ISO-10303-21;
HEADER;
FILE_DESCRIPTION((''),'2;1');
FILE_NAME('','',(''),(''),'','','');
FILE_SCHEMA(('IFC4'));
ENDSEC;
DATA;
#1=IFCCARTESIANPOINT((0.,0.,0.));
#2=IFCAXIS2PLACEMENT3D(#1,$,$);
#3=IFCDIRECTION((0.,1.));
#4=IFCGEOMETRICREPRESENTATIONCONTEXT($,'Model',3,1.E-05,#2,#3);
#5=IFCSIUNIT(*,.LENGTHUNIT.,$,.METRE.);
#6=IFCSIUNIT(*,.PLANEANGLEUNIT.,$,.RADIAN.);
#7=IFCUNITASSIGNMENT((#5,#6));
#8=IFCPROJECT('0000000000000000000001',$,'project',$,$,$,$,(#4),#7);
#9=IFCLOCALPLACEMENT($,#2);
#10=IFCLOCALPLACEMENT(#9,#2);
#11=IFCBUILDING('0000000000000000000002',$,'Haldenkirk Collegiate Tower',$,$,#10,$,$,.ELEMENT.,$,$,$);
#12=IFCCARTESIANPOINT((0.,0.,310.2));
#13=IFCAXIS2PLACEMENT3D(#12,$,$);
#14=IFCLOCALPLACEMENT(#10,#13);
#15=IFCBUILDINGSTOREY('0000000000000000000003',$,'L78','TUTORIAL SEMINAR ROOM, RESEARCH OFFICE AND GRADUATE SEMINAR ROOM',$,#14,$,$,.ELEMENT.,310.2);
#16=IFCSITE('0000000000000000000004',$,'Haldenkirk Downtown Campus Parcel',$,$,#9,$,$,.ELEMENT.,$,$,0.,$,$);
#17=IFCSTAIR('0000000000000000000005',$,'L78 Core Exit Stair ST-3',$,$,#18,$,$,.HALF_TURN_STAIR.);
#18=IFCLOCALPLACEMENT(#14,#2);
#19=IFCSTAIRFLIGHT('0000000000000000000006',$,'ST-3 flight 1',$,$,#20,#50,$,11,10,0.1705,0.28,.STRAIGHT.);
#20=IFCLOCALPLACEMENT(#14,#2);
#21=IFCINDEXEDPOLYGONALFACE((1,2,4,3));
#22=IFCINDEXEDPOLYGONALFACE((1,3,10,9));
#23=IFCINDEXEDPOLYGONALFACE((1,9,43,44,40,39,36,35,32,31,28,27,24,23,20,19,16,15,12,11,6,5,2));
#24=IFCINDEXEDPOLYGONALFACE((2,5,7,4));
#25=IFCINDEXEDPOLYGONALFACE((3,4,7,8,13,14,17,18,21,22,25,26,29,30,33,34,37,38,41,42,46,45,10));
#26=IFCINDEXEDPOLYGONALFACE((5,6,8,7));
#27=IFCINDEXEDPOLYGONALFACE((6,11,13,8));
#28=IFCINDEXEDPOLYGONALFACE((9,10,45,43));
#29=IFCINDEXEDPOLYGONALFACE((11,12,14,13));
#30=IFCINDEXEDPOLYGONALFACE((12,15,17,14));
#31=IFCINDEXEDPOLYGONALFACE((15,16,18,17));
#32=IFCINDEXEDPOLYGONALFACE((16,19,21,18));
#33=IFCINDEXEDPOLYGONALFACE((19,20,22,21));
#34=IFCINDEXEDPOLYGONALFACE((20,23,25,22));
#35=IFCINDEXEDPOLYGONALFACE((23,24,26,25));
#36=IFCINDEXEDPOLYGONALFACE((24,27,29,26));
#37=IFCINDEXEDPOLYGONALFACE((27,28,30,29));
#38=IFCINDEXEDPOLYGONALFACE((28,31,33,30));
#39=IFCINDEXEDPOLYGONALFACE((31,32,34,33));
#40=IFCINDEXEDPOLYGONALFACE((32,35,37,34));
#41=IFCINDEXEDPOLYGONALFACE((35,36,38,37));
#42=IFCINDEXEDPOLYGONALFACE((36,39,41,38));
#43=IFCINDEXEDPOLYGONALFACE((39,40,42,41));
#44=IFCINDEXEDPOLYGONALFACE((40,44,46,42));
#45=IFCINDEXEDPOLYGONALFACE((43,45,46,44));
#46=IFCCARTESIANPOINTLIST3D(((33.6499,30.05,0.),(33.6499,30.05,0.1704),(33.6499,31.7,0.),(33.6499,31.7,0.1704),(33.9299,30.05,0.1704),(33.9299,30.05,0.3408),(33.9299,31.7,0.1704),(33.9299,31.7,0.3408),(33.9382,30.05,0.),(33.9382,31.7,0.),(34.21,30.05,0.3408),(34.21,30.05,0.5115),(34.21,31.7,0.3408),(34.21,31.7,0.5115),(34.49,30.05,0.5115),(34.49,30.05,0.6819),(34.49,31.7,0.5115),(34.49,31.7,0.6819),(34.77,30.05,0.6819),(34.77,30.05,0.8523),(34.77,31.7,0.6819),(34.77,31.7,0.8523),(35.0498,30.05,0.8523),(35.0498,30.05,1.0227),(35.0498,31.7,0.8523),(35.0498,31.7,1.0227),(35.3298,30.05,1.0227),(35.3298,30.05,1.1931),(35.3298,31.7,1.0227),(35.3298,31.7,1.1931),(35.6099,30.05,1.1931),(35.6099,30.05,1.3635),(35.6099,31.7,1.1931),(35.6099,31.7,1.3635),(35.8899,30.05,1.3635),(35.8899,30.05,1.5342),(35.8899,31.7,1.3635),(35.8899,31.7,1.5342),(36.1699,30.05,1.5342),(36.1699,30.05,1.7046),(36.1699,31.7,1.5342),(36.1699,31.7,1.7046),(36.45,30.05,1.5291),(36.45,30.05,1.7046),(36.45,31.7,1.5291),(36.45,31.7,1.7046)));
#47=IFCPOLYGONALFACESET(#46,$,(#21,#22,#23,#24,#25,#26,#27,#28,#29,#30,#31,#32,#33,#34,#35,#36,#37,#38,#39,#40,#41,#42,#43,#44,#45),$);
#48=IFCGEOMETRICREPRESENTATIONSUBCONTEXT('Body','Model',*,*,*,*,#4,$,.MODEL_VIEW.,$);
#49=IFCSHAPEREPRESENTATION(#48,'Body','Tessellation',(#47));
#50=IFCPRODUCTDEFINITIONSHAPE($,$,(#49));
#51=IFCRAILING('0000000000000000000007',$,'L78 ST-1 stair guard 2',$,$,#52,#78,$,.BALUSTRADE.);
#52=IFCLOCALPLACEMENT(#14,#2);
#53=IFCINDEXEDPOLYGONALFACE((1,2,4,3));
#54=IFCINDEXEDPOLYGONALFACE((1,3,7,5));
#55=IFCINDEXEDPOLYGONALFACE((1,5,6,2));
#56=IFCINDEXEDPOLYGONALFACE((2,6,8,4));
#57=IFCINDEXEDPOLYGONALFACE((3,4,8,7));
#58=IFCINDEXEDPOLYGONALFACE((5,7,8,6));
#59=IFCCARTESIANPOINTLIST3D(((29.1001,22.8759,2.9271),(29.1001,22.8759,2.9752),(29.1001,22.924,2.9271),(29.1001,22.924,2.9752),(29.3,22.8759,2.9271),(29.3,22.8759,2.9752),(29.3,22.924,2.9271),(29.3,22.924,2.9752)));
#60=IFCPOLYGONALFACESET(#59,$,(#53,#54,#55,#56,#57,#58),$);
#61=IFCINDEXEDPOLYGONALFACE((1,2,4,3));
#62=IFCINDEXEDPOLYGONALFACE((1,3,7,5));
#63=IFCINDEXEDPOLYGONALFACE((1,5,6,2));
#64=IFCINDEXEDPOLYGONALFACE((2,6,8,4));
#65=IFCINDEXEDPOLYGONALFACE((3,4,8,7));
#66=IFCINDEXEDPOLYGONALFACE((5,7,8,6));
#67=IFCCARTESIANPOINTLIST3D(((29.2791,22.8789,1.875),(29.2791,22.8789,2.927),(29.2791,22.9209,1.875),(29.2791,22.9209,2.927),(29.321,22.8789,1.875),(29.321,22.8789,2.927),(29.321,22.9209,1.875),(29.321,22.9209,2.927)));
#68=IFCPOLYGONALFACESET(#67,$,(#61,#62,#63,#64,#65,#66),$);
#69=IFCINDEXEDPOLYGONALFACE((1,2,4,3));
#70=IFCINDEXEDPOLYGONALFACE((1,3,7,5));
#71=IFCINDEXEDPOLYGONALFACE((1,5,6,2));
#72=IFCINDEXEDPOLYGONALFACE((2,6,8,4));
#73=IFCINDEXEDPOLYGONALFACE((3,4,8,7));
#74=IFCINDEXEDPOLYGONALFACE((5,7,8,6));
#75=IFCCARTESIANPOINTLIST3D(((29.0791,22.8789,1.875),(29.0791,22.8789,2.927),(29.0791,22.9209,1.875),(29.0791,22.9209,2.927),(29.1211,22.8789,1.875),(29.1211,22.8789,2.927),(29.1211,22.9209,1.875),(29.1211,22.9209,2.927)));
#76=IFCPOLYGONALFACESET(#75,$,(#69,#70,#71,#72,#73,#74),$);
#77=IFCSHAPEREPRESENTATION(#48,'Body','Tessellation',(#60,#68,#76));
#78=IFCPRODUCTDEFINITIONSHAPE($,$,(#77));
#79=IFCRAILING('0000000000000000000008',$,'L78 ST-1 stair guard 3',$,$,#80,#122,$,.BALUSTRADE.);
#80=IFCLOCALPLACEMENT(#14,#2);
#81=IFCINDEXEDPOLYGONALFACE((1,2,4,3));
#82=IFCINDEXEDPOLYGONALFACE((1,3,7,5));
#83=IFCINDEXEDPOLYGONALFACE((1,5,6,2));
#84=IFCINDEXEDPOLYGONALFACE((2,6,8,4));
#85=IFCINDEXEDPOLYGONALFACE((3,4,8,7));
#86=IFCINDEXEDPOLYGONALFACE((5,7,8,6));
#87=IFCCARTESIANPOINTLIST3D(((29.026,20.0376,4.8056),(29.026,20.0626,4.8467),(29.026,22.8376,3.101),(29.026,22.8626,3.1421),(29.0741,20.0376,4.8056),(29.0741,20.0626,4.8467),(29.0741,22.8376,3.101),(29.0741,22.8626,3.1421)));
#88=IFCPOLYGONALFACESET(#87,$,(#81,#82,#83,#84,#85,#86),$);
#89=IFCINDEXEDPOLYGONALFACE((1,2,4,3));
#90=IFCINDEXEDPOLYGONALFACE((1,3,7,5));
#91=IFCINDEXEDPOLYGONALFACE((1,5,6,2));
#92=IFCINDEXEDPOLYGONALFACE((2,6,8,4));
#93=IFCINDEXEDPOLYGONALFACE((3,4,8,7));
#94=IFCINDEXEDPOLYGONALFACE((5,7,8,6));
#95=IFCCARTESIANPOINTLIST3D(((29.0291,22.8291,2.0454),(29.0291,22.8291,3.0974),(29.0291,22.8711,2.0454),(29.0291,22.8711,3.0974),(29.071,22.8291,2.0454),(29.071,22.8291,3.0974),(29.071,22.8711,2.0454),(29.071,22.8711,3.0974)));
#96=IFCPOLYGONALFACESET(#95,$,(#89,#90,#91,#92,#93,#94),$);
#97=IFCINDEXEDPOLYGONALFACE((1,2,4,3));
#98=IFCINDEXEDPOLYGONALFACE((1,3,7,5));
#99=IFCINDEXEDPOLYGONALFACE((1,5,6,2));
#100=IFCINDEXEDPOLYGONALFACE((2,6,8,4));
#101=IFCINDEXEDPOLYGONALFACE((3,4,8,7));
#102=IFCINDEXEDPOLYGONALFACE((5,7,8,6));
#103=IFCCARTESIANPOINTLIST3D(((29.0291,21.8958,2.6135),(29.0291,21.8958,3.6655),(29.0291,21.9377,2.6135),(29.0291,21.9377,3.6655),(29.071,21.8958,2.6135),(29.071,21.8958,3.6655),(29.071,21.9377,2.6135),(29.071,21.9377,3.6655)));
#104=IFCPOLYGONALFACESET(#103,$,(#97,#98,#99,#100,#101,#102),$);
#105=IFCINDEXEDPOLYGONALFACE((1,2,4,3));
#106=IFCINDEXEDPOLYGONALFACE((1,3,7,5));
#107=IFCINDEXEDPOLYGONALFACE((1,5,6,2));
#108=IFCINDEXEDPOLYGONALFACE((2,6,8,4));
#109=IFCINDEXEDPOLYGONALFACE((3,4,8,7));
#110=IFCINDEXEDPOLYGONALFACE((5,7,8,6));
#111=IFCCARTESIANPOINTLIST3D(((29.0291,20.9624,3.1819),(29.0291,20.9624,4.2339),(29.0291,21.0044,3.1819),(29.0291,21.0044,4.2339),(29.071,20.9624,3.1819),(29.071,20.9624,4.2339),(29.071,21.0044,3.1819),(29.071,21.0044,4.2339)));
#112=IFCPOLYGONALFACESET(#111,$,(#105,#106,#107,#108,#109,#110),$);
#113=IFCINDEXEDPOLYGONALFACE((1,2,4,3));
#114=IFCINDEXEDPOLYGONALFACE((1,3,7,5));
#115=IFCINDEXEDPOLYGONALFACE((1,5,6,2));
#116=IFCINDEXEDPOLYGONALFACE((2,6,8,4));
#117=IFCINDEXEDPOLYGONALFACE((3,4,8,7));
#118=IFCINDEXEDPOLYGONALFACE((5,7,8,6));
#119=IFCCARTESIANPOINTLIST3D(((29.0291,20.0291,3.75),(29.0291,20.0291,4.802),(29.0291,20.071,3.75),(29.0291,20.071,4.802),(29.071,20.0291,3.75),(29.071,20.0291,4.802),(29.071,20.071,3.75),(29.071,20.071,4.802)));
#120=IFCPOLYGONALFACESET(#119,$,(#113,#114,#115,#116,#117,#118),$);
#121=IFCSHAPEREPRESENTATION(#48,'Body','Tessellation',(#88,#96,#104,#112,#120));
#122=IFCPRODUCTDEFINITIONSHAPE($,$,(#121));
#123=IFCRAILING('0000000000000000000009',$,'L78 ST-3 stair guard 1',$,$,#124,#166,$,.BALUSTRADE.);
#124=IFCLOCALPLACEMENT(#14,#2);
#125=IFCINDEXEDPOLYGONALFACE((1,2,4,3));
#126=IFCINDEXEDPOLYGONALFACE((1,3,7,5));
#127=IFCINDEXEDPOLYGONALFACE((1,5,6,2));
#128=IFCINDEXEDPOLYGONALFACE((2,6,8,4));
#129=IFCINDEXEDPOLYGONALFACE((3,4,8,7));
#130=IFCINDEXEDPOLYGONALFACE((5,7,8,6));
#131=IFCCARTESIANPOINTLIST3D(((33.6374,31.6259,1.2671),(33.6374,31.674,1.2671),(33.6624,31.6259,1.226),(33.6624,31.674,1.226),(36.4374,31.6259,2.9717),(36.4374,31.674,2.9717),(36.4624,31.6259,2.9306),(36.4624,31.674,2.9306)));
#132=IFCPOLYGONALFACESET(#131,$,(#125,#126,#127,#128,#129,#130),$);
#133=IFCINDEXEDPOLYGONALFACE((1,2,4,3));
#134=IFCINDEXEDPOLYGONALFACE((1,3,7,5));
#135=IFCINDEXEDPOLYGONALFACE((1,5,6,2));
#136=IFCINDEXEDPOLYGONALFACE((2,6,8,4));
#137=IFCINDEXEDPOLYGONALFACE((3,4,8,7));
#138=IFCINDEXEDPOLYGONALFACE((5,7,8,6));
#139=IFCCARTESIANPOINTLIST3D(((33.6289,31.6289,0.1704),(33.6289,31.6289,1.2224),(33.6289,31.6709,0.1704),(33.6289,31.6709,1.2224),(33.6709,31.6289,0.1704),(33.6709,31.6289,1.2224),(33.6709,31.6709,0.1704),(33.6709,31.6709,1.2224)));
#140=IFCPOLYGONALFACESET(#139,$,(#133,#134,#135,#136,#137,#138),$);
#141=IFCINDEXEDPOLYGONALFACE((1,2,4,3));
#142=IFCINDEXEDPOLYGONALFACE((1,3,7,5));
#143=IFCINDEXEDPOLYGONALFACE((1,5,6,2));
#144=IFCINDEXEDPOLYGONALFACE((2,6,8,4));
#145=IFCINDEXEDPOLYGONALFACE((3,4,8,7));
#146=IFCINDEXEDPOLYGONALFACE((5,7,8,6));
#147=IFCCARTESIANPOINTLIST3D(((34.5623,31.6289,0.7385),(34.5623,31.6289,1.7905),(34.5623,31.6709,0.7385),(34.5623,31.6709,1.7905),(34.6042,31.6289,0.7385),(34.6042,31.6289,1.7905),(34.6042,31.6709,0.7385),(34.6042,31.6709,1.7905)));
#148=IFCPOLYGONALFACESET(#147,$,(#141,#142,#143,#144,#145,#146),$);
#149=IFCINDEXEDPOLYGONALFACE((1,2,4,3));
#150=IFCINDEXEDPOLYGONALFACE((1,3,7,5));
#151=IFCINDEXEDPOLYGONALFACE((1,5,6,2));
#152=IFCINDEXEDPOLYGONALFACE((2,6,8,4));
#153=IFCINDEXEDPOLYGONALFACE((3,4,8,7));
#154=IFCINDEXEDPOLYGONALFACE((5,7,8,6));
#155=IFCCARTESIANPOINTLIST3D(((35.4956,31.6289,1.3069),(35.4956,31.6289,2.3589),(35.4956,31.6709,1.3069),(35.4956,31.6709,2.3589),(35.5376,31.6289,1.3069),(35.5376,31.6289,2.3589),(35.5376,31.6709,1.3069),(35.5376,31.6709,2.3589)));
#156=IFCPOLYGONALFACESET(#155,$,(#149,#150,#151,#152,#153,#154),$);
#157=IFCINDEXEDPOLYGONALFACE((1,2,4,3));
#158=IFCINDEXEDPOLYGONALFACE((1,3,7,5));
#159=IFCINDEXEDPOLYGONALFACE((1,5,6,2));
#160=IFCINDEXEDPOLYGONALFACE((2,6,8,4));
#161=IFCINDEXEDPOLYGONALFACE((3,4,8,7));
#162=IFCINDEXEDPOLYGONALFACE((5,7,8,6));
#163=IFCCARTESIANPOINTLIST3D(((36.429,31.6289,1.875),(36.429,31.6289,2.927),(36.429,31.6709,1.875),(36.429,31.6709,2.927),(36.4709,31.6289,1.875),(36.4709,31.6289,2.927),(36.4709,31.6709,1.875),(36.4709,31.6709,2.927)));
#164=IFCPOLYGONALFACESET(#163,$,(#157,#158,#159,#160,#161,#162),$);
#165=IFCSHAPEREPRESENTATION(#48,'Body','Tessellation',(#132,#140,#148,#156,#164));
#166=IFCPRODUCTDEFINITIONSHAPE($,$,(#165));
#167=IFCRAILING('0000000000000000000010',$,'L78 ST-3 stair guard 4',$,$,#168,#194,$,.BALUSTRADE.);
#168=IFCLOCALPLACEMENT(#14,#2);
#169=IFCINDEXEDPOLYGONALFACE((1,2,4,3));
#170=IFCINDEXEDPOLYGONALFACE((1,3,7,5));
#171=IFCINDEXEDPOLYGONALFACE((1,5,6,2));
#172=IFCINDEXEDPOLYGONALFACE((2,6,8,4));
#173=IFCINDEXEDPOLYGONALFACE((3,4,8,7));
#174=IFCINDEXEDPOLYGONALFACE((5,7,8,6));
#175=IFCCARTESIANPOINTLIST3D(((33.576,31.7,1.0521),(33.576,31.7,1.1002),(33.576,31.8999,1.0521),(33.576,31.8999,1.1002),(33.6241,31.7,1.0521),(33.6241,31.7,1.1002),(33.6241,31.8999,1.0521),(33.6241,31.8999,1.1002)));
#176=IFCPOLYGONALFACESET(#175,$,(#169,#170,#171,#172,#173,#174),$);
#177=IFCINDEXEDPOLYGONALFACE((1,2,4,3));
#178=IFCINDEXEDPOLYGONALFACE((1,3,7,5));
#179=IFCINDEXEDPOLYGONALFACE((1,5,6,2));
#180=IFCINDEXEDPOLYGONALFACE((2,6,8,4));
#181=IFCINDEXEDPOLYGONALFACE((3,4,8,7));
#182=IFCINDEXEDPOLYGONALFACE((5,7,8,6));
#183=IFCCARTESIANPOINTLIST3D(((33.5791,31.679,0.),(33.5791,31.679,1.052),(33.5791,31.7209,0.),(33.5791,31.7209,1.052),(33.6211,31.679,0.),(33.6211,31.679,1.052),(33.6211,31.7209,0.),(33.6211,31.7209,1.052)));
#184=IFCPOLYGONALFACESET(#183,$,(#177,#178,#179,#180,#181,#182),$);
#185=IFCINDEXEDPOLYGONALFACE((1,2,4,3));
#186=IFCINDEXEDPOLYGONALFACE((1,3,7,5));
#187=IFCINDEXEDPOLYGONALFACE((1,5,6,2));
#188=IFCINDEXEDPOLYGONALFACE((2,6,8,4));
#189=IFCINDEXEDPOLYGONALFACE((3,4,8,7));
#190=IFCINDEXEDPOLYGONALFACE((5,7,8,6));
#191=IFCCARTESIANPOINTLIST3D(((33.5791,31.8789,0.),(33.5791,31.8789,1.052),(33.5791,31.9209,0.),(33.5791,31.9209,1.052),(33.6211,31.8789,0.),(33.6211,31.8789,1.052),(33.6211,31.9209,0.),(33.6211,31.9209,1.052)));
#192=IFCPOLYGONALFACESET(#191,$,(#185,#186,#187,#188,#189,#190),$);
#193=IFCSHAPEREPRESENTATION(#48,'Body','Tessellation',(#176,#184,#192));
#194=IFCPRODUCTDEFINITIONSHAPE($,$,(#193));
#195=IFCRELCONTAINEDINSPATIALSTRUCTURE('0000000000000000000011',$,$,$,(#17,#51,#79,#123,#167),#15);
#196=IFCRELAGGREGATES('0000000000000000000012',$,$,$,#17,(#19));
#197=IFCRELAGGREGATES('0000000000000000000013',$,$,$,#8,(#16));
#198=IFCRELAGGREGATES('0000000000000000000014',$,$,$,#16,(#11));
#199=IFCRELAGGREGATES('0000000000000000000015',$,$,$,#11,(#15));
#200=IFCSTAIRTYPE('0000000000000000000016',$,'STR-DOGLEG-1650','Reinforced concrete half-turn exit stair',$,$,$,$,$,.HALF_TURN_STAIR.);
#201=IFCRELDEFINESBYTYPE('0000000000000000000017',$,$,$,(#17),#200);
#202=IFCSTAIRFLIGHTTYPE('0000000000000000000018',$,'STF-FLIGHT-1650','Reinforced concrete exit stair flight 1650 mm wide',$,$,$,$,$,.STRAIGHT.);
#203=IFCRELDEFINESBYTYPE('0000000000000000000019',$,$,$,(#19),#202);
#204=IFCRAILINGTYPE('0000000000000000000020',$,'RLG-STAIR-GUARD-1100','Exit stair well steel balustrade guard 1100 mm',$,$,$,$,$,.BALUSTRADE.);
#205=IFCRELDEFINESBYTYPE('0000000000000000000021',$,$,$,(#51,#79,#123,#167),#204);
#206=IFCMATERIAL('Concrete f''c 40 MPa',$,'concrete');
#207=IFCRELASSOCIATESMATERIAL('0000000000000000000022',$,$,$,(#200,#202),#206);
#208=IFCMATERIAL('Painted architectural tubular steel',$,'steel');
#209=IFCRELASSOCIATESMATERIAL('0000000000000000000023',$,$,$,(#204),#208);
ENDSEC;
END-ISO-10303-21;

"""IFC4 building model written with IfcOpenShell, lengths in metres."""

from ifc_helpers import new_model, si_unit, direction, frame, origin, origin_2d, place, context, subcontext, project, spatial, polyline, rectangle, outline, extrude, material, type_object, element, aggregate, save


model = new_model("IFC4")

# Units and contexts
model_context = context("Model", 3, precision=1e-05, world=origin(), true_north=direction((0.0, 1.0)))
body_context = subcontext(model_context, "Body", "Model", "MODEL_VIEW")
ifc_project = project(units=[si_unit("LENGTHUNIT", "METRE"), si_unit("PLANEANGLEUNIT", "RADIAN")], contexts=[model_context])

# Site, building, storey
site_placement = place(None, origin())
site = spatial("IfcSite", under=ifc_project, at=site_placement, Name="Haldenkirk Downtown Campus Parcel", CompositionType="ELEMENT", RefElevation=0.0)
building_placement = place(site_placement, origin())
building = spatial("IfcBuilding", under=site, at=building_placement, Name="Haldenkirk Collegiate Tower", CompositionType="ELEMENT")
storey_placement = place(building_placement, frame((0.0, 0.0, 310.2)))
storey = spatial("IfcBuildingStorey", under=building, at=storey_placement, Name="L78", Description="TUTORIAL SEMINAR ROOM, RESEARCH OFFICE AND GRADUATE SEMINAR ROOM", CompositionType="ELEMENT", Elevation=310.2)

# Stair, stair flight
ifc_material_1 = material(Name="Concrete f'c 40 MPa", Category="concrete")
stair_type = type_object("IfcStairType", Name="STR-DOGLEG-1650", Description="Reinforced concrete half-turn exit stair", PredefinedType="HALF_TURN_STAIR", material=ifc_material_1)
stair_flight_type = type_object("IfcStairFlightType", Name="STF-FLIGHT-1650", Description="Reinforced concrete exit stair flight 1650 mm wide", PredefinedType="STRAIGHT", material=ifc_material_1)
stair_1_placement = place(storey_placement, origin())
stair_1 = element("IfcStair", 1, at=stair_1_placement, inside=storey, type_object=stair_type, Name="L78 Core Exit Stair ST-3", PredefinedType="HALF_TURN_STAIR")
stair_flight_1_placement = place(storey_placement, frame((33.6499, 30.875, 0.0), z_axis=(0.0, 0.0, 1.0), x_axis=(1.0, 0.0, 0.0)))
stair_flight_1 = element("IfcStairFlight", 2, at=stair_flight_1_placement, type_object=stair_flight_type, Name="ST-3 flight 1", NumberOfRisers=11, NumberOfTreads=10, PredefinedType="STRAIGHT", RiserHeight=0.1705, TreadLength=0.28, context=body_context, shape_type="SweptSolid", body=[
    extrude(outline(polyline([(0.0, 0.0), (0.0, 0.1704), (0.28, 0.1704), (0.28, 0.3408), (0.5601, 0.3408), (0.5601, 0.5115), (0.8401, 0.5115), (0.8401, 0.6819), (1.1201, 0.6819), (1.1201, 0.8523), (1.3999, 0.8523), (1.3999, 1.0227), (1.6799, 1.0227), (1.6799, 1.1931), (1.96, 1.1931), (1.96, 1.3635), (2.24, 1.3635), (2.24, 1.5342), (2.52, 1.5342), (2.52, 1.7046), (2.8, 1.7046), (2.8, 1.875), (2.8, 1.5291), (0.2883, 0.0), (0.0, 0.0)])), frame((0.0, 0.825, 0.0), z_axis=(0.0, -1.0, 0.0), x_axis=(1.0, 0.0, 0.0)), (0.0, 0.0, 1.0), 1.6499),
])
aggregate(stair_1, [stair_flight_1])

# Railings
ifc_material_2 = material(Name="Painted architectural tubular steel", Category="steel")
railing_type_1 = type_object("IfcRailingType", Name="RLG-STAIR-GUARD-1100", Description="Exit stair well steel balustrade guard 1100 mm", PredefinedType="BALUSTRADE", material=ifc_material_2)
railing_1_placement = place(storey_placement, frame((29.3, 22.8999, 1.875)))
element("IfcRailing", 3, at=railing_1_placement, inside=storey, type_object=railing_type_1, Name="L78 ST-1 stair guard 2", PredefinedType="BALUSTRADE", context=body_context, shape_type="SweptSolid", body=[
    extrude(rectangle(XDim=0.0481, YDim=0.0481, at=origin_2d()), frame((0.0, 0.0, 1.0762), z_axis=(-1.0, 0.0, 0.0), x_axis=(0.0, -1.0, 0.0)), (0.0, 0.0, 1.0), 0.2),
    extrude(rectangle(XDim=0.042, YDim=0.042, at=origin_2d()), origin(), (0.0, 0.0, 1.0), 1.052),
    extrude(rectangle(XDim=0.042, YDim=0.042, at=origin_2d()), frame((-0.2, 0.0, 0.0)), (0.0, 0.0, 1.0), 1.052),
])
railing_2_placement = place(storey_placement, frame((29.05, 22.8501, 2.0454)))
element("IfcRailing", 4, at=railing_2_placement, inside=storey, type_object=railing_type_1, Name="L78 ST-1 stair guard 3", PredefinedType="BALUSTRADE", context=body_context, shape_type="SweptSolid", body=[
    extrude(rectangle(XDim=0.0481, YDim=0.0481, at=origin_2d()), frame((0.0, 0.0, 1.0762), z_axis=(0.0, -0.85417, 0.519994), x_axis=(1.0, 0.0, 0.0)), (0.0, 0.0, 1.0), 3.2781),
    extrude(rectangle(XDim=0.042, YDim=0.042, at=origin_2d()), origin(), (0.0, 0.0, 1.0), 1.052),
    extrude(rectangle(XDim=0.042, YDim=0.042, at=origin_2d()), frame((0.0, -0.9333, 0.5681)), (0.0, 0.0, 1.0), 1.052),
    extrude(rectangle(XDim=0.042, YDim=0.042, at=origin_2d()), frame((0.0, -1.8667, 1.1365)), (0.0, 0.0, 1.0), 1.052),
    extrude(rectangle(XDim=0.042, YDim=0.042, at=origin_2d()), frame((0.0, -2.8, 1.7046)), (0.0, 0.0, 1.0), 1.052),
])
railing_3_placement = place(storey_placement, frame((33.6499, 31.6499, 0.1704)))
element("IfcRailing", 5, at=railing_3_placement, inside=storey, type_object=railing_type_1, Name="L78 ST-3 stair guard 1", PredefinedType="BALUSTRADE", context=body_context, shape_type="SweptSolid", body=[
    extrude(rectangle(XDim=0.0481, YDim=0.0481, at=origin_2d()), frame((0.0, 0.0, 1.0762), z_axis=(0.85417, 0.0, 0.519994), x_axis=(0.0, 1.0, 0.0)), (0.0, 0.0, 1.0), 3.2781),
    extrude(rectangle(XDim=0.042, YDim=0.042, at=origin_2d()), origin(), (0.0, 0.0, 1.0), 1.052),
    extrude(rectangle(XDim=0.042, YDim=0.042, at=origin_2d()), frame((0.9333, 0.0, 0.5681)), (0.0, 0.0, 1.0), 1.052),
    extrude(rectangle(XDim=0.042, YDim=0.042, at=origin_2d()), frame((1.8667, 0.0, 1.1365)), (0.0, 0.0, 1.0), 1.052),
    extrude(rectangle(XDim=0.042, YDim=0.042, at=origin_2d()), frame((2.8, 0.0, 1.7046)), (0.0, 0.0, 1.0), 1.052),
])
railing_4_placement = place(storey_placement, frame((33.6001, 31.7, 0.0)))
element("IfcRailing", 6, at=railing_4_placement, inside=storey, type_object=railing_type_1, Name="L78 ST-3 stair guard 4", PredefinedType="BALUSTRADE", context=body_context, shape_type="SweptSolid", body=[
    extrude(rectangle(XDim=0.0481, YDim=0.0481, at=origin_2d()), frame((0.0, 0.0, 1.0762), z_axis=(0.0, 1.0, 0.0), x_axis=(-1.0, 0.0, 0.0)), (0.0, 0.0, 1.0), 0.2),
    extrude(rectangle(XDim=0.042, YDim=0.042, at=origin_2d()), origin(), (0.0, 0.0, 1.0), 1.052),
    extrude(rectangle(XDim=0.042, YDim=0.042, at=origin_2d()), frame((0.0, 0.2, 0.0)), (0.0, 0.0, 1.0), 1.052),
])

save(model, "model.ifc")
